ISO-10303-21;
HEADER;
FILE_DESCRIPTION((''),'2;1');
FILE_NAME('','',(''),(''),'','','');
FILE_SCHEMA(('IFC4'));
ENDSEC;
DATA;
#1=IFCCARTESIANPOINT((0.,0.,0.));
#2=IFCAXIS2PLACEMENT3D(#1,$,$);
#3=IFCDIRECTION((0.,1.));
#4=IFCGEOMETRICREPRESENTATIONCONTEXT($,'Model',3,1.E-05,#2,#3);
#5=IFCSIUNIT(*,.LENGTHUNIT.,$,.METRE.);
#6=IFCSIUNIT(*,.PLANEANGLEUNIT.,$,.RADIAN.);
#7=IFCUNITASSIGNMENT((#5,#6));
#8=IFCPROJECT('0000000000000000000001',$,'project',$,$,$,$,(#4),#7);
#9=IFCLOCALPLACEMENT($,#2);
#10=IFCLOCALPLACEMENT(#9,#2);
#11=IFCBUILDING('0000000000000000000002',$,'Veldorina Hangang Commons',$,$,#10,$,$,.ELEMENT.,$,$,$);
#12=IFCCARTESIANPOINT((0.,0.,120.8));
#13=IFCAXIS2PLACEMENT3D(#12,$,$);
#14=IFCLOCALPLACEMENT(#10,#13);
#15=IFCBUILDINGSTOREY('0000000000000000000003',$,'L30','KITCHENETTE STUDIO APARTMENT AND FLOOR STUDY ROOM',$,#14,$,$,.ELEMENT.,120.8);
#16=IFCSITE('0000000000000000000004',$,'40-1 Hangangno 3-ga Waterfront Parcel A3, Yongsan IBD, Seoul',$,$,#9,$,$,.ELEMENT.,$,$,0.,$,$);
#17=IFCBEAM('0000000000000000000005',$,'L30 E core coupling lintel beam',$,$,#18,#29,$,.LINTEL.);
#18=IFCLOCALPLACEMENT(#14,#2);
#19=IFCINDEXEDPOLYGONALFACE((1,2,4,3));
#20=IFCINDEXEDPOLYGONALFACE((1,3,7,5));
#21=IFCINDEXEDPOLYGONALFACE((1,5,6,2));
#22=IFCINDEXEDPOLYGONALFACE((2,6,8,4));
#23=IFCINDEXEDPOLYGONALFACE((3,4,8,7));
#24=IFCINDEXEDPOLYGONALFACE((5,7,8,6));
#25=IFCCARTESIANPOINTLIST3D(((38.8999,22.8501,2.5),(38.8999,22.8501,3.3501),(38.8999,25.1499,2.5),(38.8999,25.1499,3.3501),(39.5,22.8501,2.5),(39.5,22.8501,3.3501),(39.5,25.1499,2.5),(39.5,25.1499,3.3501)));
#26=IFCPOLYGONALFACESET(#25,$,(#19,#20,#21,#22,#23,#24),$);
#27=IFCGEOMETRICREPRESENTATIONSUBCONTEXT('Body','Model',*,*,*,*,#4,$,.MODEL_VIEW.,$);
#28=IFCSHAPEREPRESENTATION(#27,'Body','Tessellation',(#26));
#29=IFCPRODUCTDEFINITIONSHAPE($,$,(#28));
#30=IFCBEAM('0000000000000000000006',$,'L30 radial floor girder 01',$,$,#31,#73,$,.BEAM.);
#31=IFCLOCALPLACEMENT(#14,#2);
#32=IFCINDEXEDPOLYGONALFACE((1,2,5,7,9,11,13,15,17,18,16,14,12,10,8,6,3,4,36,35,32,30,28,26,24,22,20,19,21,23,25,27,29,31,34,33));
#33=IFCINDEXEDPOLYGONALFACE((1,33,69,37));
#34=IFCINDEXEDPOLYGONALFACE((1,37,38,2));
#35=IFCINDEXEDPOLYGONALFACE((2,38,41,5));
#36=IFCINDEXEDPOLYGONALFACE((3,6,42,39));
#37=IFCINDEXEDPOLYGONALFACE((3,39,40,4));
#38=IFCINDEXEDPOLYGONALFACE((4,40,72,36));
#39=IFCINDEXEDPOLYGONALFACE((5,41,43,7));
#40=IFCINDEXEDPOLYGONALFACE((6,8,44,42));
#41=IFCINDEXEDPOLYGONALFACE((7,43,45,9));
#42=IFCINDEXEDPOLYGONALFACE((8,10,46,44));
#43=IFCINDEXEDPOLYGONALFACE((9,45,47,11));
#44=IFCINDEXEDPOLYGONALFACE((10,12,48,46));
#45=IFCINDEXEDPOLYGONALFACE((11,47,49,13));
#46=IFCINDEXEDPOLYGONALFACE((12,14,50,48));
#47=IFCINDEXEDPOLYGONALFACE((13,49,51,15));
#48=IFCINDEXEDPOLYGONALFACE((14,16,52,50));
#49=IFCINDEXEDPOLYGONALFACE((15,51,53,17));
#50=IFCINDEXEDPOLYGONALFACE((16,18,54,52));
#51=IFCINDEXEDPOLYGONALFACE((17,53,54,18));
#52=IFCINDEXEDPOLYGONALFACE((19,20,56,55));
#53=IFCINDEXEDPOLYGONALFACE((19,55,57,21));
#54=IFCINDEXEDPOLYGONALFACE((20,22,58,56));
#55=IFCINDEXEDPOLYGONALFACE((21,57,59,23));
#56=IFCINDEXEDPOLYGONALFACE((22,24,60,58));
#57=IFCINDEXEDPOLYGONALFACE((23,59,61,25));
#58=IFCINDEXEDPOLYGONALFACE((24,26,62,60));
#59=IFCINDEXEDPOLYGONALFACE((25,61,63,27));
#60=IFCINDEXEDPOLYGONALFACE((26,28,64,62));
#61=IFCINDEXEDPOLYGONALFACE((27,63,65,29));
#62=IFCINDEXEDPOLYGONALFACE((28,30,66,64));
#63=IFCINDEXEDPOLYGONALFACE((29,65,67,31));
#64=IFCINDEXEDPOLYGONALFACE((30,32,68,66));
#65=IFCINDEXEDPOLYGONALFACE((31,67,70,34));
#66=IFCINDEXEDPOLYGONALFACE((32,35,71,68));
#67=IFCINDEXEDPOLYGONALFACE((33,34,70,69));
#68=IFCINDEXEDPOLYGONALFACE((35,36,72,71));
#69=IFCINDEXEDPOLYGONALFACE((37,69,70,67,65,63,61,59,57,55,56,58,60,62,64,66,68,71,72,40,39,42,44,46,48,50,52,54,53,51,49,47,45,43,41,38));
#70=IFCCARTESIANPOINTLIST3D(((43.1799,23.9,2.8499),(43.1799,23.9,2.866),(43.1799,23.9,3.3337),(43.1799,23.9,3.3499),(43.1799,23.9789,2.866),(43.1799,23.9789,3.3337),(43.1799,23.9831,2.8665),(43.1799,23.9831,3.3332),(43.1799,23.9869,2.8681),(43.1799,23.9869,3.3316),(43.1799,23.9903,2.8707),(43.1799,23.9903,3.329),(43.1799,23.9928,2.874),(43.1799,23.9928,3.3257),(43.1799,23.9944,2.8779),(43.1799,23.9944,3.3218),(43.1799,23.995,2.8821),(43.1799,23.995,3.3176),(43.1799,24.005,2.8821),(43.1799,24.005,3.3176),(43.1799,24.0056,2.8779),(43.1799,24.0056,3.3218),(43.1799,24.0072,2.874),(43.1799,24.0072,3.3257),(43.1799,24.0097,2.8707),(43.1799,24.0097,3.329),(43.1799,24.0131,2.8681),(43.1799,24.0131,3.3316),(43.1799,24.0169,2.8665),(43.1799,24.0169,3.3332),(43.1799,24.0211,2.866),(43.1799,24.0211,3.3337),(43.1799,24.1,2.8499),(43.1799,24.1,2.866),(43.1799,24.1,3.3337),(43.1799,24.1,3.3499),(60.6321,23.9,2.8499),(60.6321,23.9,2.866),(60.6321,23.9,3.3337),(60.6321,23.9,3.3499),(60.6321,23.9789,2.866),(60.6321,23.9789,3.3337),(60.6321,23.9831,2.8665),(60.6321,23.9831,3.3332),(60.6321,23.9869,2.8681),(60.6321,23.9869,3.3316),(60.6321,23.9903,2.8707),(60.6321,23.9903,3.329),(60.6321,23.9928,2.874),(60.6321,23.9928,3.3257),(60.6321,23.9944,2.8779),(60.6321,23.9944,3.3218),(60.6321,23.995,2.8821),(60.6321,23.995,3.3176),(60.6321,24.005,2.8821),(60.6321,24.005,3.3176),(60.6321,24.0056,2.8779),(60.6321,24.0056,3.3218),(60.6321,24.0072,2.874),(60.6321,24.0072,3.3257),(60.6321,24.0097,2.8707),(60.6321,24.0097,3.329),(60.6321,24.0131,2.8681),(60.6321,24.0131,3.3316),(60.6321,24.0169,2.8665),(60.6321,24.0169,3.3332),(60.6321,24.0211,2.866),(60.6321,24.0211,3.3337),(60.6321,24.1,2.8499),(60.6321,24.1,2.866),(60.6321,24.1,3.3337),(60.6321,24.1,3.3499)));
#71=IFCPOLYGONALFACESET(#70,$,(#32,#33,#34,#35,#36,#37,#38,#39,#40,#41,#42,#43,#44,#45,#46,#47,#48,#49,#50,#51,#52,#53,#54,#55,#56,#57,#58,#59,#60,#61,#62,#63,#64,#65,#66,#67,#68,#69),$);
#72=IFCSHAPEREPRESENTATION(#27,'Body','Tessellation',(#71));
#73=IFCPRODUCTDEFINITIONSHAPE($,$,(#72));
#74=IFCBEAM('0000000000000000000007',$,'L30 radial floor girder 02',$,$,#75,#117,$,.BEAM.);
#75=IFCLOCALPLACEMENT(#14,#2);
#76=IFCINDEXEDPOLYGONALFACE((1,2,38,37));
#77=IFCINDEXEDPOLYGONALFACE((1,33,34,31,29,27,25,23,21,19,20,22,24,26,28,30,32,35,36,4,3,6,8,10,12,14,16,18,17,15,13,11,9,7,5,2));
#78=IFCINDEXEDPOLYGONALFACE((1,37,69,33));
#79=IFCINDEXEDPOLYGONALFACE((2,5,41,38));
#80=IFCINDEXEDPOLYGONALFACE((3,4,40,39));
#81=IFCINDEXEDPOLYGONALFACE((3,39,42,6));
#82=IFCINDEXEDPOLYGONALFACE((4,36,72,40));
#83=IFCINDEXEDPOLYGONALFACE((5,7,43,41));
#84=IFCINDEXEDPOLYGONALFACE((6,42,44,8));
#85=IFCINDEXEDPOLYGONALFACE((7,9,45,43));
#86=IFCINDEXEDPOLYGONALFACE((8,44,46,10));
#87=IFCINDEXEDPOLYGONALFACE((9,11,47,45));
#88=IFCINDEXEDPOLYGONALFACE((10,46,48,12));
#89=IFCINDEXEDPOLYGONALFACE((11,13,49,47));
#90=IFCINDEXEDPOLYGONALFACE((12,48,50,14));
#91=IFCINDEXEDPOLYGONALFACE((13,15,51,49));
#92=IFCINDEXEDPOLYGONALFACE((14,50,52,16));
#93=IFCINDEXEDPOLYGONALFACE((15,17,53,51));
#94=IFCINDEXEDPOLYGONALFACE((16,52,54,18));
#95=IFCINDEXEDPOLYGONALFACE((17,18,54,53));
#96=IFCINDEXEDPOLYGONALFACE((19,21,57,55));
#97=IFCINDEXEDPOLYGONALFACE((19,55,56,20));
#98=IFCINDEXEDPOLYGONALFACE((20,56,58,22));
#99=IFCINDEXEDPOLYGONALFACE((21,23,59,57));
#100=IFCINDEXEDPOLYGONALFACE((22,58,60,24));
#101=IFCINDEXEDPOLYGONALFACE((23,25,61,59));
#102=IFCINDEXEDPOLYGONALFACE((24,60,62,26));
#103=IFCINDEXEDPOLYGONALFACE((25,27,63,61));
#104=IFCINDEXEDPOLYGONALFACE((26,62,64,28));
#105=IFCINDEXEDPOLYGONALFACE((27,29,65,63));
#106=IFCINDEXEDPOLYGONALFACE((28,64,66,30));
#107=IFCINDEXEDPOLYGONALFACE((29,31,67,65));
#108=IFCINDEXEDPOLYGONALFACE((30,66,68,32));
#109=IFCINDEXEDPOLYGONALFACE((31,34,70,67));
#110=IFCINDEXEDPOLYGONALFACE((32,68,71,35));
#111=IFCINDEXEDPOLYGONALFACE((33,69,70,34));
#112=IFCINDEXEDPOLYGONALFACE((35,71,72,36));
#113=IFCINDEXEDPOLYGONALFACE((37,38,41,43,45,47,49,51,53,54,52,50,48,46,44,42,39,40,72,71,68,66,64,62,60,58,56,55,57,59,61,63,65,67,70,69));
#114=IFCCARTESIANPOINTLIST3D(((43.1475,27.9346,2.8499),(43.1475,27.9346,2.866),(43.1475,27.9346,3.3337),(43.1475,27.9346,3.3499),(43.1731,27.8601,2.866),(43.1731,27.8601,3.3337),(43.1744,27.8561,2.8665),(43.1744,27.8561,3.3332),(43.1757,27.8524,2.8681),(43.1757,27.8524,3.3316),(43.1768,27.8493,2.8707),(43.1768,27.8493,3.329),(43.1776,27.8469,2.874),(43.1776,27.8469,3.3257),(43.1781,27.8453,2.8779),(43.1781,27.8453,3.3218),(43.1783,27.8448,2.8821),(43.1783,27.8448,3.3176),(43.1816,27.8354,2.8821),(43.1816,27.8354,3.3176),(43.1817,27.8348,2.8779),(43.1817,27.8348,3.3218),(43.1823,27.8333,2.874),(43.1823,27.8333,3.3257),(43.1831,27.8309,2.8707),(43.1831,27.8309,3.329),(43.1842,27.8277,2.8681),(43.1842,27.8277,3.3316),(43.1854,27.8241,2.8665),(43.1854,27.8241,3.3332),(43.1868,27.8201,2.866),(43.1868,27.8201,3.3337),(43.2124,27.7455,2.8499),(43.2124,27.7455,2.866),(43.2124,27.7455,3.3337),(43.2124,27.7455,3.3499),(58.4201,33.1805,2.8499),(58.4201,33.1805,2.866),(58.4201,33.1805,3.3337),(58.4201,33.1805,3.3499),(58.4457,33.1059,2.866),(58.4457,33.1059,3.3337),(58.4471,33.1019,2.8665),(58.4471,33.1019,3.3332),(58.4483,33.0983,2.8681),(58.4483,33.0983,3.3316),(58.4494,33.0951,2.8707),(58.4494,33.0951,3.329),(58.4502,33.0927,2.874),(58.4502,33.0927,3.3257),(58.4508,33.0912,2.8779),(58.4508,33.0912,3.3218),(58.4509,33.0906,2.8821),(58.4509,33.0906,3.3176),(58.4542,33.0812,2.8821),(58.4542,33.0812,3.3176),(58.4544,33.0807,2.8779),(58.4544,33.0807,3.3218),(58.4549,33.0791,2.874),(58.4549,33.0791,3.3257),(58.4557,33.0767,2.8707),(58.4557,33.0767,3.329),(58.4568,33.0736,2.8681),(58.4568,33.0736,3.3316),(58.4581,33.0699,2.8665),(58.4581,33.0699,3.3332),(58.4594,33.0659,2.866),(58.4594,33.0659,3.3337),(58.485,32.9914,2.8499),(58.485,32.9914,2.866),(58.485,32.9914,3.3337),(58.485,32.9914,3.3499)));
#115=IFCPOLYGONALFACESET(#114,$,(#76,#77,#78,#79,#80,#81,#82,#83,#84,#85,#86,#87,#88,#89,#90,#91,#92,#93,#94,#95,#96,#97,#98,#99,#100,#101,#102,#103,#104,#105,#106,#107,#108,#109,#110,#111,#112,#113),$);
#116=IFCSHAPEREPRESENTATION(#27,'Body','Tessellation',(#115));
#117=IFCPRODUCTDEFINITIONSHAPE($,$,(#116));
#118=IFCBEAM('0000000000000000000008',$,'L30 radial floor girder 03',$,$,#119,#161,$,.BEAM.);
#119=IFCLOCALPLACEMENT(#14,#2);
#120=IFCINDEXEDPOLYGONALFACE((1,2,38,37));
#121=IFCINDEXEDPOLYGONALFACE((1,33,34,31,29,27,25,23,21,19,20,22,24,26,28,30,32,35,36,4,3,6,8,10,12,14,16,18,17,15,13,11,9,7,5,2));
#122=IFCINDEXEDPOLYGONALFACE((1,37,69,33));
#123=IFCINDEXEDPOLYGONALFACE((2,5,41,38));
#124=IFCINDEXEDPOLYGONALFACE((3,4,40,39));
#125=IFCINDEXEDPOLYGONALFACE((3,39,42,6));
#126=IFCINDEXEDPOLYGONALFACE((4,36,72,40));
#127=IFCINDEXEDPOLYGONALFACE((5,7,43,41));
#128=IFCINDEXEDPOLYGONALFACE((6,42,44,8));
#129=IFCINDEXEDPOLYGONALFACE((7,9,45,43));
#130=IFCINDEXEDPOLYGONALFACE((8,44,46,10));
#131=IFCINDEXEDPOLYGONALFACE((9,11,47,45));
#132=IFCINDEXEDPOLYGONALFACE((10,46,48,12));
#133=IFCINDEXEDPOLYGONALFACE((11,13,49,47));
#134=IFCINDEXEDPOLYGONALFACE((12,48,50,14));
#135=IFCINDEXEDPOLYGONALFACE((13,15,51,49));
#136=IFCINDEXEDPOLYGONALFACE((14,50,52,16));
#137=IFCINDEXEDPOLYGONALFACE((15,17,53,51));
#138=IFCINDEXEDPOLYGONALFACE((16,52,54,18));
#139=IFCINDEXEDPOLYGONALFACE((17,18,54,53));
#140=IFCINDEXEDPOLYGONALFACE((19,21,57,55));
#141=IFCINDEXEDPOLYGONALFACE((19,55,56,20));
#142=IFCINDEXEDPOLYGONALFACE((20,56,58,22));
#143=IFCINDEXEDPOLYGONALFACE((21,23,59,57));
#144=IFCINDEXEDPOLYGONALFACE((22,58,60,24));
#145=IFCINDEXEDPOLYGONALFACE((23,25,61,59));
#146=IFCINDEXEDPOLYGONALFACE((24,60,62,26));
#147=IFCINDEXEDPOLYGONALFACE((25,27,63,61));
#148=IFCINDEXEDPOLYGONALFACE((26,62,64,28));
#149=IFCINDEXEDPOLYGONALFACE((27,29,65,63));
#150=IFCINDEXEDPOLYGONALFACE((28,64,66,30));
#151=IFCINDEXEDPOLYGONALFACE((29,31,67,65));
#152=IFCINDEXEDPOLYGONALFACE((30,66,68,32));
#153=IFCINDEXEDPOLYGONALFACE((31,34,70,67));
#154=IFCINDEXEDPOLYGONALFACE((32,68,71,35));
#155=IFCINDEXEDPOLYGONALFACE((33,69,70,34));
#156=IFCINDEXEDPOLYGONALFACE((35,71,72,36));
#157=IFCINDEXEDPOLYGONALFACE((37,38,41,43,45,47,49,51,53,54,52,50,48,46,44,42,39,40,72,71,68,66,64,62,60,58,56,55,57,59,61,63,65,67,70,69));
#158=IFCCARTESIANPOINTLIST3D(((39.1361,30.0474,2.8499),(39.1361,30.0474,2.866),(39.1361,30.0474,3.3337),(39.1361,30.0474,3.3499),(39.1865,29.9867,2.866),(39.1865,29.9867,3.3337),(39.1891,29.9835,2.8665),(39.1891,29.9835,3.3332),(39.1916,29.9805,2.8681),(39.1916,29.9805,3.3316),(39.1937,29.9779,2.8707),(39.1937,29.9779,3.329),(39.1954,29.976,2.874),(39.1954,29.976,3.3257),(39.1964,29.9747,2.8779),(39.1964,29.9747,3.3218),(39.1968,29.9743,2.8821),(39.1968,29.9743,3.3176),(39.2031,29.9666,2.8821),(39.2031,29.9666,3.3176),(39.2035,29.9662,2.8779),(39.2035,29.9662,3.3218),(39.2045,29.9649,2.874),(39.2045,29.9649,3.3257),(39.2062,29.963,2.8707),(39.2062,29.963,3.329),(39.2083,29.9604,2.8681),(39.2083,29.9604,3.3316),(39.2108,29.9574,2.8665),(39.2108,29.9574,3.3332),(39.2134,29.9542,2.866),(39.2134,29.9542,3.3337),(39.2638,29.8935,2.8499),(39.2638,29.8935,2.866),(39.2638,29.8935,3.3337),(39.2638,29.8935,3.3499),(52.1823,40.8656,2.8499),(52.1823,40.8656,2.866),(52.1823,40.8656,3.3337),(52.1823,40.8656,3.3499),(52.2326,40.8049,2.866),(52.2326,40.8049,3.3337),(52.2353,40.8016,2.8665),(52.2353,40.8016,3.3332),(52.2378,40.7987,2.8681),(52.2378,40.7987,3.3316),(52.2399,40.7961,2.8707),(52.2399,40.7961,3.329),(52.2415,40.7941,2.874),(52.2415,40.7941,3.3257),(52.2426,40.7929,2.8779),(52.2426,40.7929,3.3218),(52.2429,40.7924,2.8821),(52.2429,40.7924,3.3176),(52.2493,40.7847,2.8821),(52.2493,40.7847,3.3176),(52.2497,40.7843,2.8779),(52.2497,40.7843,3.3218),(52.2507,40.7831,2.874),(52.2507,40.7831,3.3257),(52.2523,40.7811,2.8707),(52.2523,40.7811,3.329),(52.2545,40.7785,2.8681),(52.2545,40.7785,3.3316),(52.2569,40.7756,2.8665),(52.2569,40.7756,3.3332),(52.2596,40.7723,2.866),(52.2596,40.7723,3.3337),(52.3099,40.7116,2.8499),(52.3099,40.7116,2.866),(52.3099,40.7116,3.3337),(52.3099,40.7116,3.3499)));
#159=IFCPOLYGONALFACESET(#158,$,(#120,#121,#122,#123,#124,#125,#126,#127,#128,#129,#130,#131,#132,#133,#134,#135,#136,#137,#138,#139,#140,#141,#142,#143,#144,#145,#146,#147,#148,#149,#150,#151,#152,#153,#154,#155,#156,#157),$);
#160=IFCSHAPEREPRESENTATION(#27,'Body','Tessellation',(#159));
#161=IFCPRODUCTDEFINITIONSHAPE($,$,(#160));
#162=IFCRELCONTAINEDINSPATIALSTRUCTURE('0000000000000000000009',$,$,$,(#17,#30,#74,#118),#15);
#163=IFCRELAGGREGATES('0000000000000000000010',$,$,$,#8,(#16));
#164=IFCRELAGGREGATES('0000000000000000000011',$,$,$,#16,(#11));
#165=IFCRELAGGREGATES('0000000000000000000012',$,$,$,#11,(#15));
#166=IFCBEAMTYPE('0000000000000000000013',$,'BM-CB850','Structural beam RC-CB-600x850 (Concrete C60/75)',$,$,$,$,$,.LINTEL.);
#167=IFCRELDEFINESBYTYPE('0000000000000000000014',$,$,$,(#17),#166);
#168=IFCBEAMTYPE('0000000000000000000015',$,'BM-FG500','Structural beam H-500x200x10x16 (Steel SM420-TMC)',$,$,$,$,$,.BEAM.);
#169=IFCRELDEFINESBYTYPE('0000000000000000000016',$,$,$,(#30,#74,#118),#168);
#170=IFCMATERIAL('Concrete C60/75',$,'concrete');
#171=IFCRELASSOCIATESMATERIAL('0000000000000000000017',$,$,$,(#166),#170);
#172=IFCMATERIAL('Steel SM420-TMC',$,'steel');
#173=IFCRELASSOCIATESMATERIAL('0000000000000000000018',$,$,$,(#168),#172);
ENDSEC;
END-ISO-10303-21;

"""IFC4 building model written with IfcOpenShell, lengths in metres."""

from ifc_helpers import new_model, si_unit, direction, frame, origin, origin_2d, place, context, subcontext, project, spatial, rectangle, i_section, extrude, material, material_profile, profile_set, type_object, element, save


model = new_model("IFC4")

# Units and contexts
model_context = context("Model", 3, precision=1e-05, world=origin(), true_north=direction((0.0, 1.0)))
body_context = subcontext(model_context, "Body", "Model", "MODEL_VIEW")
ifc_project = project(units=[si_unit("LENGTHUNIT", "METRE"), si_unit("PLANEANGLEUNIT", "RADIAN")], contexts=[model_context])

# Site, building, storey
site_placement = place(None, origin())
site = spatial("IfcSite", under=ifc_project, at=site_placement, Name="40-1 Hangangno 3-ga Waterfront Parcel A3, Yongsan IBD, Seoul", CompositionType="ELEMENT", RefElevation=0.0)
building_placement = place(site_placement, origin())
building = spatial("IfcBuilding", under=site, at=building_placement, Name="Veldorina Hangang Commons", CompositionType="ELEMENT")
storey_placement = place(building_placement, frame((0.0, 0.0, 120.8)))
storey = spatial("IfcBuildingStorey", under=building, at=storey_placement, Name="L30", Description="KITCHENETTE STUDIO APARTMENT AND FLOOR STUDY ROOM", CompositionType="ELEMENT", Elevation=120.8)

# Beams
ifc_material_1 = material(Name="Concrete C60/75", Category="concrete")
ifc_material_profile_1 = material_profile(ifc_material_1, rectangle(XDim=0.6001, YDim=0.8501, at=origin_2d()), Name="RC-CB-600x850")
ifc_profile_set_1 = profile_set([ifc_material_profile_1], Name="Concrete C60/75")
beam_type_1 = type_object("IfcBeamType", Name="BM-CB850", Description="Structural beam RC-CB-600x850 (Concrete C60/75)", PredefinedType="LINTEL", material=ifc_profile_set_1)
beam_1_placement = place(storey_placement, frame((39.2, 22.8501, 2.925), z_axis=(0.0, 1.0, 0.0), x_axis=(-1.0, 0.0, 0.0)))
element("IfcBeam", 1, at=beam_1_placement, inside=storey, type_object=beam_type_1, Name="L30 E core coupling lintel beam", PredefinedType="LINTEL", context=body_context, shape_type="SweptSolid", body=[
    extrude(rectangle(XDim=0.6001, YDim=0.8501, at=origin_2d()), origin(), (0.0, 0.0, 1.0), 2.2998),
])
ifc_material_2 = material(Name="Steel SM420-TMC", Category="steel")
ifc_material_profile_2 = material_profile(ifc_material_2, i_section(OverallWidth=0.2, OverallDepth=0.5, WebThickness=0.01, FlangeThickness=0.0161, FilletRadius=0.0161, at=origin_2d()), Name="H-500x200x10x16")
ifc_profile_set_2 = profile_set([ifc_material_profile_2], Name="Steel SM420-TMC")
beam_type_2 = type_object("IfcBeamType", Name="BM-FG500", Description="Structural beam H-500x200x10x16 (Steel SM420-TMC)", PredefinedType="BEAM", material=ifc_profile_set_2)
beam_2_placement = place(storey_placement, frame((43.1799, 24.0, 3.0999), z_axis=(1.0, 0.0, 0.0), x_axis=(0.0, 1.0, 0.0)))
element("IfcBeam", 2, at=beam_2_placement, inside=storey, type_object=beam_type_2, Name="L30 radial floor girder 01", PredefinedType="BEAM", context=body_context, shape_type="SweptSolid", body=[
    extrude(i_section(OverallWidth=0.2, OverallDepth=0.5, WebThickness=0.01, FlangeThickness=0.0161, FilletRadius=0.0161, at=origin_2d()), origin(), (0.0, 0.0, 1.0), 17.4521),
])
beam_3_placement = place(storey_placement, frame((43.1799, 27.8401, 3.0999), z_axis=(0.945765, 0.32485, 0.0), x_axis=(-0.32485, 0.945765, 0.0)))
element("IfcBeam", 3, at=beam_3_placement, inside=storey, type_object=beam_type_2, Name="L30 radial floor girder 02", PredefinedType="BEAM", context=body_context, shape_type="SweptSolid", body=[
    extrude(i_section(OverallWidth=0.2, OverallDepth=0.5, WebThickness=0.01, FlangeThickness=0.0161, FilletRadius=0.0161, at=origin_2d()), origin(), (0.0, 0.0, 1.0), 16.1484),
])
beam_4_placement = place(storey_placement, frame((39.2, 29.9705, 3.0999), z_axis=(0.769776, 0.638314, 0.0), x_axis=(-0.638314, 0.769776, 0.0)))
element("IfcBeam", 4, at=beam_4_placement, inside=storey, type_object=beam_type_2, Name="L30 radial floor girder 03", PredefinedType="BEAM", context=body_context, shape_type="SweptSolid", body=[
    extrude(i_section(OverallWidth=0.2, OverallDepth=0.5, WebThickness=0.01, FlangeThickness=0.0161, FilletRadius=0.0161, at=origin_2d()), origin(), (0.0, 0.0, 1.0), 16.948),
])

save(model, "model.ifc")
